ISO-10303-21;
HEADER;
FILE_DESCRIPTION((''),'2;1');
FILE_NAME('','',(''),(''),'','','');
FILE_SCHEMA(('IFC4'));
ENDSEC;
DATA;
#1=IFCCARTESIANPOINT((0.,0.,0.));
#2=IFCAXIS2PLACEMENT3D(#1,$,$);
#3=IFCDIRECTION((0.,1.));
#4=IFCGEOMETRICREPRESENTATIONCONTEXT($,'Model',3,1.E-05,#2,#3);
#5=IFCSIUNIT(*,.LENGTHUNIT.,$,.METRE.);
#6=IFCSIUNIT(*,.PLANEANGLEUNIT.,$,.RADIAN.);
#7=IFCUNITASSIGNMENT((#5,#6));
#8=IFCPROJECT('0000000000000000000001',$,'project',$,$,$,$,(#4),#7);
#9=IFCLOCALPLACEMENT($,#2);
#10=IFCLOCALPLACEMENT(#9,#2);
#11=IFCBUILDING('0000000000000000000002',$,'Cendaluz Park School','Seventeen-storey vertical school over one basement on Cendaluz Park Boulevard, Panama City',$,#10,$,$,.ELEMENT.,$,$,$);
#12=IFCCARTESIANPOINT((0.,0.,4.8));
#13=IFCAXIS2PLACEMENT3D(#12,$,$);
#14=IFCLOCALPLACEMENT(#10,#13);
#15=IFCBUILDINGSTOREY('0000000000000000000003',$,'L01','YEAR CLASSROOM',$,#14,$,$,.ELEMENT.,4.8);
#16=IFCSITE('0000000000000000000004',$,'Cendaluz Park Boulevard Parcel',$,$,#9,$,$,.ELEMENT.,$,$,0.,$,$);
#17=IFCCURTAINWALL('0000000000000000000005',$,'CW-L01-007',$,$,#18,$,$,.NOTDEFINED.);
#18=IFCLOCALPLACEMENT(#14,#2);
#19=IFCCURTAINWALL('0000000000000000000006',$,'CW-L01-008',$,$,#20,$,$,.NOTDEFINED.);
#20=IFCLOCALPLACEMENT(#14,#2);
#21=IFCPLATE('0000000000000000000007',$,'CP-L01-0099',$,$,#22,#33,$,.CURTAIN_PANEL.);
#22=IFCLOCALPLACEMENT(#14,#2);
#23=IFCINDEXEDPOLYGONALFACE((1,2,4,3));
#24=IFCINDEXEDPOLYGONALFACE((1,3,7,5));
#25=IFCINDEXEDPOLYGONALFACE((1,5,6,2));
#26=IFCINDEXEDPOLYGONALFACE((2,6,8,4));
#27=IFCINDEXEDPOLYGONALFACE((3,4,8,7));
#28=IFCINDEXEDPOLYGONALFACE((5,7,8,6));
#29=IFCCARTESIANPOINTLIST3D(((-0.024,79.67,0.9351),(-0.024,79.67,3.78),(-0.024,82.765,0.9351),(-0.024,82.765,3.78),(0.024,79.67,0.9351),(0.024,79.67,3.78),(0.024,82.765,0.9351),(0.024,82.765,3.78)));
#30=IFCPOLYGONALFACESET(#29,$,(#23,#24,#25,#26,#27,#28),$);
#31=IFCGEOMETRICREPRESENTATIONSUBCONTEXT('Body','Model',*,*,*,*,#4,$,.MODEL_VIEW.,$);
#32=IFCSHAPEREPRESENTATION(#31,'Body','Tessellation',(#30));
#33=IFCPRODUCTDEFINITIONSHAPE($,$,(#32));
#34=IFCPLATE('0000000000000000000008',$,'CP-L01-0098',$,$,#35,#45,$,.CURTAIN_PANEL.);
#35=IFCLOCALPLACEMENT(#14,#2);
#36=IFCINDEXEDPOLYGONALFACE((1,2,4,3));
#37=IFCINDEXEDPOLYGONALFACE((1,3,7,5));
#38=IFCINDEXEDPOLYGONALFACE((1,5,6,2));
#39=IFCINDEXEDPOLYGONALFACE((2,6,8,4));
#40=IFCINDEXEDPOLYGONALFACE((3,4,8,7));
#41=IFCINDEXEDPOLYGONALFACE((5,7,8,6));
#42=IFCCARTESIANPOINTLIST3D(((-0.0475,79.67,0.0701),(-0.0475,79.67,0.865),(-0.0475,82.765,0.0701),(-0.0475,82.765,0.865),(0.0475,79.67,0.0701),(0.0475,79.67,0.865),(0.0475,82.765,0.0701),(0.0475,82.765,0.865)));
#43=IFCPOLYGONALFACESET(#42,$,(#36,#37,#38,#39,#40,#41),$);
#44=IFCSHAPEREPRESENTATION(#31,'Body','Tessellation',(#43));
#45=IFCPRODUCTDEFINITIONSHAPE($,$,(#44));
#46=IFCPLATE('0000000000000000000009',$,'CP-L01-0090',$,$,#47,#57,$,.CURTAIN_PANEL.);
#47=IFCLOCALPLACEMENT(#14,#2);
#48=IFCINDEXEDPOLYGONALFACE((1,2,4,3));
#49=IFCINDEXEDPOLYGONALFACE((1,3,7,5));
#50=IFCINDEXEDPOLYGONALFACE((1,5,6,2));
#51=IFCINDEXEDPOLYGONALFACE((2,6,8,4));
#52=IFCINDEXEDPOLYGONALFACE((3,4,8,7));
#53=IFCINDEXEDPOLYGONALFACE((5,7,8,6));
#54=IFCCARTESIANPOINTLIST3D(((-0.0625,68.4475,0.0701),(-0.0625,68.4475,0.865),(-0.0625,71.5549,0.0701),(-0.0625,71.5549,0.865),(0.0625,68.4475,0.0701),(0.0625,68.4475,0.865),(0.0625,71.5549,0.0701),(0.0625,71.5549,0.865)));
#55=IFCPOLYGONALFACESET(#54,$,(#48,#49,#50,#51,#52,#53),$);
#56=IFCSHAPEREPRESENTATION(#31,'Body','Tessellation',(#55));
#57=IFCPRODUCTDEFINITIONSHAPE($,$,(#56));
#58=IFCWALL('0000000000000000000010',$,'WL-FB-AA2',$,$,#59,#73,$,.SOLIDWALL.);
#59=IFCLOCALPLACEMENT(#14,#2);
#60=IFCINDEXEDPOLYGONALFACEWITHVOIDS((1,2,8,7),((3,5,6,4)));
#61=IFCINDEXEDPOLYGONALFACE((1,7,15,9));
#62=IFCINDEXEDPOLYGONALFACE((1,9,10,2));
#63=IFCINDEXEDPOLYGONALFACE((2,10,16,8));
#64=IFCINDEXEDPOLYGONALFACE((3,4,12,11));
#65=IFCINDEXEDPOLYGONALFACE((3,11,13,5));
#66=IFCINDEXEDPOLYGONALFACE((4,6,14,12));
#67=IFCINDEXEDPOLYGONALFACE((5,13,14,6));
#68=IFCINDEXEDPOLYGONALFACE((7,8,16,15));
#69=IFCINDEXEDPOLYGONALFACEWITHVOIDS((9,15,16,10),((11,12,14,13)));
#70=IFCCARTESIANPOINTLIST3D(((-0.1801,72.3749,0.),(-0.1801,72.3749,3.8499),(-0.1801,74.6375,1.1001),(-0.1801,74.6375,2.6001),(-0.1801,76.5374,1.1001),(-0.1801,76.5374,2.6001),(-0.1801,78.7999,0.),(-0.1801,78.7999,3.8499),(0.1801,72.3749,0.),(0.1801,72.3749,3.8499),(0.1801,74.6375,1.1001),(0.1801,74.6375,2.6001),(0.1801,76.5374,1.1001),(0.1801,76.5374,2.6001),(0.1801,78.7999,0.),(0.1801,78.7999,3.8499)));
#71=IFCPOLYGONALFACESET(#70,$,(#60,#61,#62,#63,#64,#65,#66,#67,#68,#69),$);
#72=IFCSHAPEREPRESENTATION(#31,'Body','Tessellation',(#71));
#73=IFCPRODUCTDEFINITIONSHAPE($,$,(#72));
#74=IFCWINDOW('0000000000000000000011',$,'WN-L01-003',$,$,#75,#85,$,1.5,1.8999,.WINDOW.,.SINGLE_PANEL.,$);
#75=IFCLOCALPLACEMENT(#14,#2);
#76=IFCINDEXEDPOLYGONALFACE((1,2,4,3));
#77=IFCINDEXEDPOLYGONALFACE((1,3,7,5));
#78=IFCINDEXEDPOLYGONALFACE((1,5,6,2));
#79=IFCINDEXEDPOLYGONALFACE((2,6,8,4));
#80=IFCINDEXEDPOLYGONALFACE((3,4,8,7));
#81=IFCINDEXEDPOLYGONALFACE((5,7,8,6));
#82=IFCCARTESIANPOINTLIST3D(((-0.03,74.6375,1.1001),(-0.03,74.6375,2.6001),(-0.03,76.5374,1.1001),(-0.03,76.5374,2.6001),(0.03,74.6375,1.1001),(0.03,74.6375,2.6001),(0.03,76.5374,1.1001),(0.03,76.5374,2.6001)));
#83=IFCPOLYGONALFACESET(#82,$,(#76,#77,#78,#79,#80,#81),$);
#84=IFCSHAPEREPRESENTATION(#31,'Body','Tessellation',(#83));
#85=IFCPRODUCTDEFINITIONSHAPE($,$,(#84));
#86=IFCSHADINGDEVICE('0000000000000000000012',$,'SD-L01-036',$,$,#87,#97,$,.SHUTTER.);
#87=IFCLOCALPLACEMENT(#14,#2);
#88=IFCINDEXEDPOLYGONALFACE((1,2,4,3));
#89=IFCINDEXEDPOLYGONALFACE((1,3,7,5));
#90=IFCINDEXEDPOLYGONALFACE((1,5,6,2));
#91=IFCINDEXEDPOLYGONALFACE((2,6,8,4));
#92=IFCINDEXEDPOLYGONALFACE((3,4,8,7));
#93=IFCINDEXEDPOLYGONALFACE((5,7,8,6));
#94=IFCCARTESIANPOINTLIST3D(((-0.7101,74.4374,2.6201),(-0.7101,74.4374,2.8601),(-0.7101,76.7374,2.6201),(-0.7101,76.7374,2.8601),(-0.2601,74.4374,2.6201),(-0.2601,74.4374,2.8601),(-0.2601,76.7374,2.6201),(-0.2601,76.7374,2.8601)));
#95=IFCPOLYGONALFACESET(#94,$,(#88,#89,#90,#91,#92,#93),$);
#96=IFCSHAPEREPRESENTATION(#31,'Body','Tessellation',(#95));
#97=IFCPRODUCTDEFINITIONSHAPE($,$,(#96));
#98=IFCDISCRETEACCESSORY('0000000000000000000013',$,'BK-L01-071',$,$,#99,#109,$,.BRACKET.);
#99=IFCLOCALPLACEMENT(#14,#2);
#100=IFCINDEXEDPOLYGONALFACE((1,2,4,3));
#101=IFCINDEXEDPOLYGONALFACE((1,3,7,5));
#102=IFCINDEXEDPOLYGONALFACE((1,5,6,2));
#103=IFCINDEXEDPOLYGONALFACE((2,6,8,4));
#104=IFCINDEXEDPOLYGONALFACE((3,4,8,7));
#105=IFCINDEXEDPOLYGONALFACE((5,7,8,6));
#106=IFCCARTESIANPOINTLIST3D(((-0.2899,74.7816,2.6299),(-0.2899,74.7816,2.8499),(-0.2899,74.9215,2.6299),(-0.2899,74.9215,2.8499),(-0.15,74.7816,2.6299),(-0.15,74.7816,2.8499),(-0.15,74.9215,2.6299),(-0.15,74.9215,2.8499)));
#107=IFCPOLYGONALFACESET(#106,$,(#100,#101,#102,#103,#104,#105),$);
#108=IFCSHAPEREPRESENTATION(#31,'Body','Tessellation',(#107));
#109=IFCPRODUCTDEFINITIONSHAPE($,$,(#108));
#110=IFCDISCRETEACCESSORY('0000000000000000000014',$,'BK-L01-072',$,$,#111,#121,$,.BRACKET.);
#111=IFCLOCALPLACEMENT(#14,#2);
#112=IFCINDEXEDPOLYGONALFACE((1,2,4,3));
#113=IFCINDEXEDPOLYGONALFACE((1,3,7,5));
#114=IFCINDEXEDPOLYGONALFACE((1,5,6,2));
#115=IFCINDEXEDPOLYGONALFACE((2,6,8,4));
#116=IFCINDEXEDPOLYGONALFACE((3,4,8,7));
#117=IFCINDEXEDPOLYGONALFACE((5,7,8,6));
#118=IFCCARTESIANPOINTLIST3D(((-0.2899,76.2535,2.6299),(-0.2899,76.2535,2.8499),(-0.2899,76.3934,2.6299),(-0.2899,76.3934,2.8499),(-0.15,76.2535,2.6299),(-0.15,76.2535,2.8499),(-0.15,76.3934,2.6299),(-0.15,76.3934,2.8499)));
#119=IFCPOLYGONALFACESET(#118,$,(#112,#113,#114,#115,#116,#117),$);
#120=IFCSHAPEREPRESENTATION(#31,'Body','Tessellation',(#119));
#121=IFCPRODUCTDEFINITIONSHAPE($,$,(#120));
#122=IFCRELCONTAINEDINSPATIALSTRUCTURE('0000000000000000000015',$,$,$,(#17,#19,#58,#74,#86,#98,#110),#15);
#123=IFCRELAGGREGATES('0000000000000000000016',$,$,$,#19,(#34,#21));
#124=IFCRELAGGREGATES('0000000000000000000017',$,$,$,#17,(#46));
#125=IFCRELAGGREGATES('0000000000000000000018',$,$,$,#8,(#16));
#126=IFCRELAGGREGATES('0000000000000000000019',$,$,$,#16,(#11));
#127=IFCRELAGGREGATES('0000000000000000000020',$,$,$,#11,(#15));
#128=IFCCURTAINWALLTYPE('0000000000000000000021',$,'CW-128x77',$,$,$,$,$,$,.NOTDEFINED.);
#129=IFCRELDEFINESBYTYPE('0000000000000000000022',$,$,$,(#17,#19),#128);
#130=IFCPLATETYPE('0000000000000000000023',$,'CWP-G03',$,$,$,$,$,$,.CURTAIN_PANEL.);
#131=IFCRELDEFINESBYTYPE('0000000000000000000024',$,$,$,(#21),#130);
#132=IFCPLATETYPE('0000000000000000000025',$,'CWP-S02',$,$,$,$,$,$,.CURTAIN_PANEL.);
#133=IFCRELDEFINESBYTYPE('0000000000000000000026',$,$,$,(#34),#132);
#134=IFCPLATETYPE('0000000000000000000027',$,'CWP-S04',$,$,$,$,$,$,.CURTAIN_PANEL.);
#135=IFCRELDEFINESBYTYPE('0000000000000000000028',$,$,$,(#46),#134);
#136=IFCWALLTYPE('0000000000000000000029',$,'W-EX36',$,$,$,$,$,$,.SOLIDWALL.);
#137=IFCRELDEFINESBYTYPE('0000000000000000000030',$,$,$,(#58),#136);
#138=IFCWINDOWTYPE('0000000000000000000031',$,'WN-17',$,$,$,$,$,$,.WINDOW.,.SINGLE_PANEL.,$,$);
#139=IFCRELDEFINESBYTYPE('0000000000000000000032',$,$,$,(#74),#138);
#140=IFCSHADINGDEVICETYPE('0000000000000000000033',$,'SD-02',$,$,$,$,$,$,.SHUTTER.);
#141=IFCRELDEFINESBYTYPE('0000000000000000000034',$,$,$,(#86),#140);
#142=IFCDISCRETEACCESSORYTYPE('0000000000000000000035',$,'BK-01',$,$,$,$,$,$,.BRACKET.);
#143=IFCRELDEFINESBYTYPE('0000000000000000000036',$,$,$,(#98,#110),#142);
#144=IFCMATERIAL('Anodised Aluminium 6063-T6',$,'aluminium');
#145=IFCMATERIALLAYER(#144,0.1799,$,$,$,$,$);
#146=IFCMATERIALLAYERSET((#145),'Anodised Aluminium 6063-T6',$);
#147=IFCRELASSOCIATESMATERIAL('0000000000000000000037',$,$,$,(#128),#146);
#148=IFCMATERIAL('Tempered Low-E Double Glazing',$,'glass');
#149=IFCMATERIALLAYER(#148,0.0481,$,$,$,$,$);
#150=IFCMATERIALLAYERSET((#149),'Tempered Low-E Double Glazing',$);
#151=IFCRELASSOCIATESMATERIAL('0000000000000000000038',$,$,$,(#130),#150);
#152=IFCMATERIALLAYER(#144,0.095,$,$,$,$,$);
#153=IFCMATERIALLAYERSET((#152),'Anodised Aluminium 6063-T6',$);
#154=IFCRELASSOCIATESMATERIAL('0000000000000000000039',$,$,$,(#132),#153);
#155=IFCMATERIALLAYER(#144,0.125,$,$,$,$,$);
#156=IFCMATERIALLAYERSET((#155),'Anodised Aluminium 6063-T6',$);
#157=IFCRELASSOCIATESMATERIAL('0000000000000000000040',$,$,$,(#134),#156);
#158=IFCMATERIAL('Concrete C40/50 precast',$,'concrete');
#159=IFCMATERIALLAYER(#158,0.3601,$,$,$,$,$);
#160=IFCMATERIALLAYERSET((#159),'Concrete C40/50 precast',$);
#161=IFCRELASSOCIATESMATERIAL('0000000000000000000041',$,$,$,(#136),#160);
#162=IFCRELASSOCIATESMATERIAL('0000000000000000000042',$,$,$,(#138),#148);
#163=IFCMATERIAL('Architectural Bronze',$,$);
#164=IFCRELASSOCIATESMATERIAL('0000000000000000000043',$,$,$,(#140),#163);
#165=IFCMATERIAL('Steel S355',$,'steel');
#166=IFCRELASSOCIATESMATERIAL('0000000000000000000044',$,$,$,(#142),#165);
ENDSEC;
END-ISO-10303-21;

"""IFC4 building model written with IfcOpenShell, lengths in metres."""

from ifc_helpers import new_model, si_unit, direction, frame, frame_2d, origin, origin_2d, place, context, subcontext, project, spatial, rectangle, extrude, material, layer, layer_set, type_object, element, fill, aggregate, save


model = new_model("IFC4")

# Units and contexts
model_context = context("Model", 3, precision=1e-05, world=origin(), true_north=direction((0.0, 1.0)))
body_context = subcontext(model_context, "Body", "Model", "MODEL_VIEW")
ifc_project = project(units=[si_unit("LENGTHUNIT", "METRE"), si_unit("PLANEANGLEUNIT", "RADIAN")], contexts=[model_context])

# Site, building, storey
site_placement = place(None, origin())
site = spatial("IfcSite", under=ifc_project, at=site_placement, Name="Cendaluz Park Boulevard Parcel", CompositionType="ELEMENT", RefElevation=0.0)
building_placement = place(site_placement, origin())
building = spatial("IfcBuilding", under=site, at=building_placement, Name="Cendaluz Park School", Description="Seventeen-storey vertical school over one basement on Cendaluz Park Boulevard, Panama City", CompositionType="ELEMENT")
storey_placement = place(building_placement, frame((0.0, 0.0, 4.8)))
storey = spatial("IfcBuildingStorey", under=building, at=storey_placement, Name="L01", Description="YEAR CLASSROOM", CompositionType="ELEMENT", Elevation=4.8)

# Curtain wall
ifc_material_1 = material(Name="Anodised Aluminium 6063-T6", Category="aluminium")
ifc_layer_1 = layer(ifc_material_1, 0.1799)
ifc_layer_set_1 = layer_set([ifc_layer_1], Name="Anodised Aluminium 6063-T6")
curtain_wall_type = type_object("IfcCurtainWallType", Name="CW-128x77", PredefinedType="NOTDEFINED", material=ifc_layer_set_1)
curtain_wall_1_placement = place(storey_placement, origin())
curtain_wall_1 = element("IfcCurtainWall", 1, at=curtain_wall_1_placement, inside=storey, type_object=curtain_wall_type, Name="CW-L01-007", PredefinedType="NOTDEFINED")

# Curtain wall
curtain_wall_2_placement = place(storey_placement, origin())
curtain_wall_2 = element("IfcCurtainWall", 2, at=curtain_wall_2_placement, inside=storey, type_object=curtain_wall_type, Name="CW-L01-008", PredefinedType="NOTDEFINED")

# Plates
ifc_material_2 = material(Name="Tempered Low-E Double Glazing", Category="glass")
ifc_layer_2 = layer(ifc_material_2, 0.0481)
ifc_layer_set_2 = layer_set([ifc_layer_2], Name="Tempered Low-E Double Glazing")
plate_type_1 = type_object("IfcPlateType", Name="CWP-G03", PredefinedType="CURTAIN_PANEL", material=ifc_layer_set_2)
plate_1_placement = place(storey_placement, frame((0.0, 81.2175, 0.9351), z_axis=(0.0, 0.0, 1.0), x_axis=(0.0, 1.0, 0.0)))
plate_1 = element("IfcPlate", 3, at=plate_1_placement, type_object=plate_type_1, Name="CP-L01-0099", PredefinedType="CURTAIN_PANEL", context=body_context, shape_type="SweptSolid", body=[
    extrude(rectangle(XDim=3.095, YDim=0.0481, at=origin_2d()), origin(), (0.0, 0.0, 1.0), 2.845),
])
ifc_layer_3 = layer(ifc_material_1, 0.095)
ifc_layer_set_3 = layer_set([ifc_layer_3], Name="Anodised Aluminium 6063-T6")
plate_type_2 = type_object("IfcPlateType", Name="CWP-S02", PredefinedType="CURTAIN_PANEL", material=ifc_layer_set_3)
plate_2_placement = place(storey_placement, frame((0.0, 81.2175, 0.0701), z_axis=(0.0, 0.0, 1.0), x_axis=(0.0, 1.0, 0.0)))
plate_2 = element("IfcPlate", 4, at=plate_2_placement, type_object=plate_type_2, Name="CP-L01-0098", PredefinedType="CURTAIN_PANEL", context=body_context, shape_type="SweptSolid", body=[
    extrude(rectangle(XDim=3.095, YDim=0.095, at=origin_2d()), origin(), (0.0, 0.0, 1.0), 0.7949),
])
aggregate(curtain_wall_2, [plate_2, plate_1])
ifc_layer_4 = layer(ifc_material_1, 0.125)
ifc_layer_set_4 = layer_set([ifc_layer_4], Name="Anodised Aluminium 6063-T6")
plate_type_3 = type_object("IfcPlateType", Name="CWP-S04", PredefinedType="CURTAIN_PANEL", material=ifc_layer_set_4)
plate_3_placement = place(storey_placement, frame((0.0, 70.0012, 0.0701), z_axis=(0.0, 0.0, 1.0), x_axis=(0.0, 1.0, 0.0)))
plate_3 = element("IfcPlate", 5, at=plate_3_placement, type_object=plate_type_3, Name="CP-L01-0090", PredefinedType="CURTAIN_PANEL", context=body_context, shape_type="SweptSolid", body=[
    extrude(rectangle(XDim=3.1074, YDim=0.125, at=origin_2d()), origin(), (0.0, 0.0, 1.0), 0.7949),
])
aggregate(curtain_wall_1, [plate_3])

# Wall, opening, window
ifc_material_3 = material(Name="Concrete C40/50 precast", Category="concrete")
ifc_layer_5 = layer(ifc_material_3, 0.3601)
ifc_layer_set_5 = layer_set([ifc_layer_5], Name="Concrete C40/50 precast")
wall_type = type_object("IfcWallType", Name="W-EX36", PredefinedType="SOLIDWALL", material=ifc_layer_set_5)
wall_placement = place(storey_placement, frame((0.0, 72.375, 0.0), z_axis=(0.0, 0.0, 1.0), x_axis=(0.0, 1.0, 0.0)))
wall = element("IfcWall", 6, at=wall_placement, inside=storey, type_object=wall_type, Name="WL-FB-AA2", PredefinedType="SOLIDWALL", context=body_context, shape_type="SweptSolid", body=[
    extrude(rectangle(XDim=6.425, YDim=0.3601, at=frame_2d((3.2124, 0.0))), origin(), (0.0, 0.0, 1.0), 3.8499),
])
opening_placement = place(wall_placement, frame((2.2625, 0.0, 1.1001)))
opening = element("IfcOpeningElement", 7, at=opening_placement, cuts=wall, PredefinedType="OPENING", context=body_context, shape_type="SweptSolid", body=[
    extrude(rectangle(XDim=1.8999, YDim=1.5, at=frame_2d((0.95, 0.75))), frame((0.0, 0.1921, 0.0), z_axis=(0.0, -1.0, 0.0), x_axis=(1.0, 0.0, 0.0)), (0.0, 0.0, 1.0), 0.384),
])
window_type = type_object("IfcWindowType", Name="WN-17", PartitioningType="SINGLE_PANEL", PredefinedType="WINDOW", material=ifc_material_2)
window_placement = place(opening_placement, origin())
window = element("IfcWindow", 8, at=window_placement, inside=storey, type_object=window_type, Name="WN-L01-003", OverallHeight=1.5, OverallWidth=1.8999, PartitioningType="SINGLE_PANEL", PredefinedType="WINDOW", context=body_context, shape_type="SweptSolid", body=[
    extrude(rectangle(XDim=1.8999, YDim=1.5, at=frame_2d((0.95, 0.75))), frame((0.0, 0.03, 0.0), z_axis=(0.0, -1.0, 0.0), x_axis=(1.0, 0.0, 0.0)), (0.0, 0.0, 1.0), 0.0601),
])
fill(opening, window)

# Shading device
ifc_material_4 = material(Name="Architectural Bronze")
shading_device_type = type_object("IfcShadingDeviceType", Name="SD-02", PredefinedType="SHUTTER", material=ifc_material_4)
shading_device_placement = place(storey_placement, frame((-0.4851, 75.5874, 2.6201), z_axis=(0.0, 0.0, 1.0), x_axis=(0.0, 1.0, 0.0)))
element("IfcShadingDevice", 9, at=shading_device_placement, inside=storey, type_object=shading_device_type, Name="SD-L01-036", PredefinedType="SHUTTER", context=body_context, shape_type="SweptSolid", body=[
    extrude(rectangle(XDim=2.3, YDim=0.45, at=origin_2d()), origin(), (0.0, 0.0, 1.0), 0.24),
])

# Discrete accessories
ifc_material_5 = material(Name="Steel S355", Category="steel")
discrete_accessory_type = type_object("IfcDiscreteAccessoryType", Name="BK-01", PredefinedType="BRACKET", material=ifc_material_5)
for number, where, z_axis, x_axis, name in (
    (10, (-0.22, 74.8516, 2.6299), (0.0, 0.0, 1.0), (0.0, 1.0, 0.0), "BK-L01-071"),
    (11, (-0.22, 76.3235, 2.6299), (0.0, 0.0, 1.0), (0.0, 1.0, 0.0), "BK-L01-072"),
):
    element("IfcDiscreteAccessory", number, at=place(storey_placement, frame(where, z_axis=z_axis, x_axis=x_axis)), inside=storey, type_object=discrete_accessory_type, Name=name, PredefinedType="BRACKET", context=body_context, shape_type="SweptSolid", body=[
        extrude(rectangle(XDim=0.1399, YDim=0.1399, at=origin_2d()), origin(), (0.0, 0.0, 1.0), 0.22),
    ])

save(model, "model.ifc")
